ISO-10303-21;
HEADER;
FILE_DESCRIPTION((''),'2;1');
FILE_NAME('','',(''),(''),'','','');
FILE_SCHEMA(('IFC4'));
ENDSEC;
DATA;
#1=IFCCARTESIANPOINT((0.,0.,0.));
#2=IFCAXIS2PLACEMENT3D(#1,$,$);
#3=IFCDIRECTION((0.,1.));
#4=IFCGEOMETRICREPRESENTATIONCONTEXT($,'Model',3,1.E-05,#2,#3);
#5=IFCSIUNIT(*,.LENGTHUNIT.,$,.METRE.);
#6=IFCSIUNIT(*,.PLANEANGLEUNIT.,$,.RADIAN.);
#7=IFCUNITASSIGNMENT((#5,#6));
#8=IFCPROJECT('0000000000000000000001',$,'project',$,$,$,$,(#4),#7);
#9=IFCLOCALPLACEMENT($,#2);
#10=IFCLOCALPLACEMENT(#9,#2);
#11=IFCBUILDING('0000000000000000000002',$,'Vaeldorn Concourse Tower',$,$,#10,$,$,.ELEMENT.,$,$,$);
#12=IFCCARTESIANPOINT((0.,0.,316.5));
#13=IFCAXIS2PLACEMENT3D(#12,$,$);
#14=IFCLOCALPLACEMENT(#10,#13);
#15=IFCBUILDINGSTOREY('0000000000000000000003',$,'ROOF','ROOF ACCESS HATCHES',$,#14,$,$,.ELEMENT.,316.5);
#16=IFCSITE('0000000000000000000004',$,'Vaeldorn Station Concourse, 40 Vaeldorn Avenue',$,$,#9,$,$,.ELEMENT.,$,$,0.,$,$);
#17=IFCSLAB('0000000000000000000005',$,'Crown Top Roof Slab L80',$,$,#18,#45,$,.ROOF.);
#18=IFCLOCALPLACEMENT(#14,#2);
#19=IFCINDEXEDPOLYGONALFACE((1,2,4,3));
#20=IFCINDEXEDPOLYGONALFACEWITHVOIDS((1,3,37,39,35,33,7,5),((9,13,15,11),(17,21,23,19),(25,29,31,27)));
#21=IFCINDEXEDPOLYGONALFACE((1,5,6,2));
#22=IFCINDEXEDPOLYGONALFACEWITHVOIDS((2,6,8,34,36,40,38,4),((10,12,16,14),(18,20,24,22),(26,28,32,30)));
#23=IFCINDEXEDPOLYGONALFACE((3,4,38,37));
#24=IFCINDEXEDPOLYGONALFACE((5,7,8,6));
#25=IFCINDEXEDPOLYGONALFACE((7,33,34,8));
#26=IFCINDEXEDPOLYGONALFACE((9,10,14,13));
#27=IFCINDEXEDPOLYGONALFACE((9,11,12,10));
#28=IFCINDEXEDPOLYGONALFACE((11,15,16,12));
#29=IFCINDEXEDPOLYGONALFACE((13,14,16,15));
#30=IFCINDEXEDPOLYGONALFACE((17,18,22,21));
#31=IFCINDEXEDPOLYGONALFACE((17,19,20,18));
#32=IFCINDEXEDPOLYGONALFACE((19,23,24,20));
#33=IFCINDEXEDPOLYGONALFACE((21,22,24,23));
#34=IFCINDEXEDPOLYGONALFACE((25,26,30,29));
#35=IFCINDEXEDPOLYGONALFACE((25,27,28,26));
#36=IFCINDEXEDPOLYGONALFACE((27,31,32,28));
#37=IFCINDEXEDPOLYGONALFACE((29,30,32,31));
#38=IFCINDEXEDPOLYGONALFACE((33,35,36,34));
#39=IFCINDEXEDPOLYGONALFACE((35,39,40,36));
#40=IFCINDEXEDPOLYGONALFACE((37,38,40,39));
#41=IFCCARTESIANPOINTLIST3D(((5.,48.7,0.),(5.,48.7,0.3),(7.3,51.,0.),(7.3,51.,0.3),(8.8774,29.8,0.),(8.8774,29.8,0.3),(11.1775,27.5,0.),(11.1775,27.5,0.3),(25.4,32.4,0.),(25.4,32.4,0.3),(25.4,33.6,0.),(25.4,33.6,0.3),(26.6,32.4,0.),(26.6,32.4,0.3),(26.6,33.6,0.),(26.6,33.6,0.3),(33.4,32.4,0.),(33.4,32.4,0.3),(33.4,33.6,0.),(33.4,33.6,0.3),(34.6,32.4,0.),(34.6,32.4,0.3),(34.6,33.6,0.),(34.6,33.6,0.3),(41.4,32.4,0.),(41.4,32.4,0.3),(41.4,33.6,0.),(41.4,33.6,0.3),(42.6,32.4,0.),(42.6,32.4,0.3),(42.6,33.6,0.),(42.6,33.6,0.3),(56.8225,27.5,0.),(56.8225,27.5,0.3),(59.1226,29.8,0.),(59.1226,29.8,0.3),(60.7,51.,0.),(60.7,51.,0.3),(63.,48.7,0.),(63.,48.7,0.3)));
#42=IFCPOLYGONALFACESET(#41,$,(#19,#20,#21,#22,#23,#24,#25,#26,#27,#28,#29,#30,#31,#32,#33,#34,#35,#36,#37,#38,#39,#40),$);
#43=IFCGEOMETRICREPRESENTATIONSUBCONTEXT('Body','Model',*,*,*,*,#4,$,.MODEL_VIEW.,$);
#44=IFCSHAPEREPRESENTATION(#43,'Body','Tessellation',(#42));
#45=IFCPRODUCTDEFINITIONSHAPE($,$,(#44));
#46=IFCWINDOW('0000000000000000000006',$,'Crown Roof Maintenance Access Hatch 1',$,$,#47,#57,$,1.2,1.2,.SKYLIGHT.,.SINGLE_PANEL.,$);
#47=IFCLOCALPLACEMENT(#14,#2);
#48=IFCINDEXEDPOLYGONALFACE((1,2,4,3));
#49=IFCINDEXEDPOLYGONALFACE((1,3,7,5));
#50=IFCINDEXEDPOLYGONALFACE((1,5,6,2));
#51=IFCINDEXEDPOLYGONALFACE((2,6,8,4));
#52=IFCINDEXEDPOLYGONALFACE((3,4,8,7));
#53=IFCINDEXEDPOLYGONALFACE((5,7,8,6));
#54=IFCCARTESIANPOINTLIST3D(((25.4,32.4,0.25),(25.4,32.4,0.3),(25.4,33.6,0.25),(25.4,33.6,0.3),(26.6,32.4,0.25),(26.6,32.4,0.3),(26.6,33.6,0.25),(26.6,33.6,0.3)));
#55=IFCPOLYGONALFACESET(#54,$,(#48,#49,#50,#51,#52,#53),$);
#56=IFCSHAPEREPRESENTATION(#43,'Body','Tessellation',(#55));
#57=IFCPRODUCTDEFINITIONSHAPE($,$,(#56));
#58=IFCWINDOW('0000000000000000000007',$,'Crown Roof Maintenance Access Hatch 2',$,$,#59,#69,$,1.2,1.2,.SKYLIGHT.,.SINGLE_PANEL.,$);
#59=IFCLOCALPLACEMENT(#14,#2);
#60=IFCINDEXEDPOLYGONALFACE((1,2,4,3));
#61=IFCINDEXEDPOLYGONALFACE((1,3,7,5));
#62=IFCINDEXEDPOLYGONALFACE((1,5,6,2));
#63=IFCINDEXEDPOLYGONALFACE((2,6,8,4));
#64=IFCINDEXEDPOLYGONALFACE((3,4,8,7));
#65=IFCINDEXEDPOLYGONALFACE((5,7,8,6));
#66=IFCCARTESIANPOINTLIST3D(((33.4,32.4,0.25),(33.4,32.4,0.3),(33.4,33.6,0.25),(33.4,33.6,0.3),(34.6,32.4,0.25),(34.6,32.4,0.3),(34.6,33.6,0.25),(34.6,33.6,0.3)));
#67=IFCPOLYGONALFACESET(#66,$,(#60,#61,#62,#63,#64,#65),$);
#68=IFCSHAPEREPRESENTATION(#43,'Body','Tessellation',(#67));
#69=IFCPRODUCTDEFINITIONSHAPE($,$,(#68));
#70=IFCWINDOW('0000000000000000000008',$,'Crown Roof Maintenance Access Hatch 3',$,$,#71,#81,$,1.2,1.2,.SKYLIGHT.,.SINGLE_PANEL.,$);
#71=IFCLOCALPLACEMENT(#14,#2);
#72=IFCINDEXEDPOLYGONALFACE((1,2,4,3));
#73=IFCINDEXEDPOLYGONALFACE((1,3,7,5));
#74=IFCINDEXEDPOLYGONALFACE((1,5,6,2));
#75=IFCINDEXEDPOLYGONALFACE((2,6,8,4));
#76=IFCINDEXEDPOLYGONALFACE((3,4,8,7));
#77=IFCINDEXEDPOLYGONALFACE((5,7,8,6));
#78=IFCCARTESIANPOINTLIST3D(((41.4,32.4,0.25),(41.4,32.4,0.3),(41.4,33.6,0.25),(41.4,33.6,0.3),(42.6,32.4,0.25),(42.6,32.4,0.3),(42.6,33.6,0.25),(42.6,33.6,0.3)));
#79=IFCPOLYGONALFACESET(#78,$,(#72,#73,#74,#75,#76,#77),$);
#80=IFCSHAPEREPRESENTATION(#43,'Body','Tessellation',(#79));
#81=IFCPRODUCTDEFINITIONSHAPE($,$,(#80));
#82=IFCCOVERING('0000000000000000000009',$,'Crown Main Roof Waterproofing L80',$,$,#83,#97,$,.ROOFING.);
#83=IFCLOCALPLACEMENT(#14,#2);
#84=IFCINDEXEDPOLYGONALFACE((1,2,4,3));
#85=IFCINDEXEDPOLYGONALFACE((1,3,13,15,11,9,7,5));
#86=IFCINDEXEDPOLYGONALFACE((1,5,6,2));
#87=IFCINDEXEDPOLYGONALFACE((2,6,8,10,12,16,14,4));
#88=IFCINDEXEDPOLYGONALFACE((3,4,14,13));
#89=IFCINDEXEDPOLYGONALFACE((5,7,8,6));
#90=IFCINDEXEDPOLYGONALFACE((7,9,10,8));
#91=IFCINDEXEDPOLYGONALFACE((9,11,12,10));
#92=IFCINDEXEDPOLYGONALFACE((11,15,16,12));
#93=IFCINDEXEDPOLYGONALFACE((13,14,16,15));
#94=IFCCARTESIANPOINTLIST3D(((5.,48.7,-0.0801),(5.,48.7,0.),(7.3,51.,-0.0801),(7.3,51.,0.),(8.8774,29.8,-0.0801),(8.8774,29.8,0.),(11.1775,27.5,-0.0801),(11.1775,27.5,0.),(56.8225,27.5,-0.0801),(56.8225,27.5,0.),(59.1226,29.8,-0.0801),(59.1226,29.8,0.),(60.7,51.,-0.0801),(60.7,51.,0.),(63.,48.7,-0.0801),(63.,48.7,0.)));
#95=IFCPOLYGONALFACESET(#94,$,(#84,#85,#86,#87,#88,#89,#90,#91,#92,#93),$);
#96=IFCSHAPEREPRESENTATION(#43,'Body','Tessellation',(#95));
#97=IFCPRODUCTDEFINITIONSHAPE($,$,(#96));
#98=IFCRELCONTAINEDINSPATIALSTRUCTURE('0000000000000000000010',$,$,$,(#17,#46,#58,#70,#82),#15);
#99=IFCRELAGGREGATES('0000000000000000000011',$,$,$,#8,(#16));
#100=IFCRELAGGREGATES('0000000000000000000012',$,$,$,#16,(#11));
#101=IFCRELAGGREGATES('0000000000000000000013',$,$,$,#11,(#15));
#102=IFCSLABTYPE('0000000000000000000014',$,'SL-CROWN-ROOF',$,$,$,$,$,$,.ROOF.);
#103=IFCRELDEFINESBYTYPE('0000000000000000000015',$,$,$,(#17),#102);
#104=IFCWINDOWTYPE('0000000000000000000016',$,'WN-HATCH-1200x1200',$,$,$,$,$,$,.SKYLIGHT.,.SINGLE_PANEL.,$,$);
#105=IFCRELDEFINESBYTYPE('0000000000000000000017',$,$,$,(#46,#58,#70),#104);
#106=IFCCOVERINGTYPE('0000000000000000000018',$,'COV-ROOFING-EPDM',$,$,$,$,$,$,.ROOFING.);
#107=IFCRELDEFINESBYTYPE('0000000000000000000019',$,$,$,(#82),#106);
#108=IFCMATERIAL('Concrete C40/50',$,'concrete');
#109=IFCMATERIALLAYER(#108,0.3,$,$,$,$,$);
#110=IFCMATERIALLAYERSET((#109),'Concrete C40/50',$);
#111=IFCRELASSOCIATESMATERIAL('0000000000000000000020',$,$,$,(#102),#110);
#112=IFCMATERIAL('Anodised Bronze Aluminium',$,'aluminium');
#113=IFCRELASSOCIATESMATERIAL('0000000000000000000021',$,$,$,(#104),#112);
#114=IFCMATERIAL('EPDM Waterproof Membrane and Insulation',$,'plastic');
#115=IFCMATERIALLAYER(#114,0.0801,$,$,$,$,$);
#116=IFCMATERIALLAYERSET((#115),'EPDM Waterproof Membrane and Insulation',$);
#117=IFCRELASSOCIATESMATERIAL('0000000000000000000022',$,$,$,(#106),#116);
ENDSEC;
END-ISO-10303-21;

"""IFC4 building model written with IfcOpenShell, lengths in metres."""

from ifc_helpers import new_model, si_unit, direction, frame, origin, origin_2d, place, context, subcontext, project, spatial, polyline, rectangle, outline, extrude, material, layer, layer_set, type_object, element, fill, save


model = new_model("IFC4")

# Units and contexts
model_context = context("Model", 3, precision=1e-05, world=origin(), true_north=direction((0.0, 1.0)))
body_context = subcontext(model_context, "Body", "Model", "MODEL_VIEW")
ifc_project = project(units=[si_unit("LENGTHUNIT", "METRE"), si_unit("PLANEANGLEUNIT", "RADIAN")], contexts=[model_context])

# Site, building, storey
site_placement = place(None, origin())
site = spatial("IfcSite", under=ifc_project, at=site_placement, Name="Vaeldorn Station Concourse, 40 Vaeldorn Avenue", CompositionType="ELEMENT", RefElevation=0.0)
building_placement = place(site_placement, origin())
building = spatial("IfcBuilding", under=site, at=building_placement, Name="Vaeldorn Concourse Tower", CompositionType="ELEMENT")
storey_placement = place(building_placement, frame((0.0, 0.0, 316.5)))
storey = spatial("IfcBuildingStorey", under=building, at=storey_placement, Name="ROOF", Description="ROOF ACCESS HATCHES", CompositionType="ELEMENT", Elevation=316.5)

# Slab, openings, windows
ifc_material_1 = material(Name="Concrete C40/50", Category="concrete")
ifc_layer_1 = layer(ifc_material_1, 0.3)
ifc_layer_set_1 = layer_set([ifc_layer_1], Name="Concrete C40/50")
slab_type = type_object("IfcSlabType", Name="SL-CROWN-ROOF", PredefinedType="ROOF", material=ifc_layer_set_1)
slab_placement = place(storey_placement, origin())
slab = element("IfcSlab", 1, at=slab_placement, inside=storey, type_object=slab_type, Name="Crown Top Roof Slab L80", PredefinedType="ROOF", context=body_context, shape_type="SweptSolid", body=[
    extrude(outline(polyline([(11.1775, 27.5), (56.8225, 27.5), (59.1226, 29.8), (63.0, 48.7), (60.7, 51.0), (7.3, 51.0), (5.0, 48.7), (8.8774, 29.8), (11.1775, 27.5)])), origin(), (0.0, 0.0, 1.0), 0.3),
])
opening_1_placement = place(slab_placement, frame((26.0, 33.0, 0.0)))
opening_1 = element("IfcOpeningElement", 2, at=opening_1_placement, cuts=slab, PredefinedType="OPENING", context=body_context, shape_type="SweptSolid", body=[
    extrude(rectangle(XDim=1.2, YDim=1.2, at=origin_2d()), origin(), (0.0, 0.0, 1.0), 0.3),
])
opening_2_placement = place(slab_placement, frame((34.0, 33.0, 0.0)))
opening_2 = element("IfcOpeningElement", 3, at=opening_2_placement, cuts=slab, PredefinedType="OPENING", context=body_context, shape_type="SweptSolid", body=[
    extrude(rectangle(XDim=1.2, YDim=1.2, at=origin_2d()), origin(), (0.0, 0.0, 1.0), 0.3),
])
opening_3_placement = place(slab_placement, frame((42.0, 33.0, 0.0)))
opening_3 = element("IfcOpeningElement", 4, at=opening_3_placement, cuts=slab, PredefinedType="OPENING", context=body_context, shape_type="SweptSolid", body=[
    extrude(rectangle(XDim=1.2, YDim=1.2, at=origin_2d()), origin(), (0.0, 0.0, 1.0), 0.3),
])
ifc_material_2 = material(Name="Anodised Bronze Aluminium", Category="aluminium")
window_type = type_object("IfcWindowType", Name="WN-HATCH-1200x1200", PartitioningType="SINGLE_PANEL", PredefinedType="SKYLIGHT", material=ifc_material_2)
window_1_placement = place(opening_1_placement, frame((0.0, 0.0, 0.25)))
window_1 = element("IfcWindow", 5, at=window_1_placement, inside=storey, type_object=window_type, Name="Crown Roof Maintenance Access Hatch 1", OverallHeight=1.2, OverallWidth=1.2, PartitioningType="SINGLE_PANEL", PredefinedType="SKYLIGHT", context=body_context, shape_type="SweptSolid", body=[
    extrude(rectangle(XDim=1.2, YDim=1.2, at=origin_2d()), origin(), (0.0, 0.0, 1.0), 0.05),
])
fill(opening_1, window_1)
window_2_placement = place(opening_2_placement, frame((0.0, 0.0, 0.25)))
window_2 = element("IfcWindow", 6, at=window_2_placement, inside=storey, type_object=window_type, Name="Crown Roof Maintenance Access Hatch 2", OverallHeight=1.2, OverallWidth=1.2, PartitioningType="SINGLE_PANEL", PredefinedType="SKYLIGHT", context=body_context, shape_type="SweptSolid", body=[
    extrude(rectangle(XDim=1.2, YDim=1.2, at=origin_2d()), origin(), (0.0, 0.0, 1.0), 0.05),
])
fill(opening_2, window_2)
window_3_placement = place(opening_3_placement, frame((0.0, 0.0, 0.25)))
window_3 = element("IfcWindow", 7, at=window_3_placement, inside=storey, type_object=window_type, Name="Crown Roof Maintenance Access Hatch 3", OverallHeight=1.2, OverallWidth=1.2, PartitioningType="SINGLE_PANEL", PredefinedType="SKYLIGHT", context=body_context, shape_type="SweptSolid", body=[
    extrude(rectangle(XDim=1.2, YDim=1.2, at=origin_2d()), origin(), (0.0, 0.0, 1.0), 0.05),
])
fill(opening_3, window_3)

# Covering
ifc_material_3 = material(Name="EPDM Waterproof Membrane and Insulation", Category="plastic")
ifc_layer_2 = layer(ifc_material_3, 0.0801)
ifc_layer_set_2 = layer_set([ifc_layer_2], Name="EPDM Waterproof Membrane and Insulation")
covering_type = type_object("IfcCoveringType", Name="COV-ROOFING-EPDM", PredefinedType="ROOFING", material=ifc_layer_set_2)
covering_placement = place(storey_placement, frame((0.0, 0.0, -0.0801)))
element("IfcCovering", 8, at=covering_placement, inside=storey, type_object=covering_type, Name="Crown Main Roof Waterproofing L80", PredefinedType="ROOFING", context=body_context, shape_type="SweptSolid", body=[
    extrude(outline(polyline([(11.1775, 27.5), (56.8225, 27.5), (59.1226, 29.8), (63.0, 48.7), (60.7, 51.0), (7.3, 51.0), (5.0, 48.7), (8.8774, 29.8), (11.1775, 27.5)])), origin(), (0.0, 0.0, 1.0), 0.0801),
])

save(model, "model.ifc")
